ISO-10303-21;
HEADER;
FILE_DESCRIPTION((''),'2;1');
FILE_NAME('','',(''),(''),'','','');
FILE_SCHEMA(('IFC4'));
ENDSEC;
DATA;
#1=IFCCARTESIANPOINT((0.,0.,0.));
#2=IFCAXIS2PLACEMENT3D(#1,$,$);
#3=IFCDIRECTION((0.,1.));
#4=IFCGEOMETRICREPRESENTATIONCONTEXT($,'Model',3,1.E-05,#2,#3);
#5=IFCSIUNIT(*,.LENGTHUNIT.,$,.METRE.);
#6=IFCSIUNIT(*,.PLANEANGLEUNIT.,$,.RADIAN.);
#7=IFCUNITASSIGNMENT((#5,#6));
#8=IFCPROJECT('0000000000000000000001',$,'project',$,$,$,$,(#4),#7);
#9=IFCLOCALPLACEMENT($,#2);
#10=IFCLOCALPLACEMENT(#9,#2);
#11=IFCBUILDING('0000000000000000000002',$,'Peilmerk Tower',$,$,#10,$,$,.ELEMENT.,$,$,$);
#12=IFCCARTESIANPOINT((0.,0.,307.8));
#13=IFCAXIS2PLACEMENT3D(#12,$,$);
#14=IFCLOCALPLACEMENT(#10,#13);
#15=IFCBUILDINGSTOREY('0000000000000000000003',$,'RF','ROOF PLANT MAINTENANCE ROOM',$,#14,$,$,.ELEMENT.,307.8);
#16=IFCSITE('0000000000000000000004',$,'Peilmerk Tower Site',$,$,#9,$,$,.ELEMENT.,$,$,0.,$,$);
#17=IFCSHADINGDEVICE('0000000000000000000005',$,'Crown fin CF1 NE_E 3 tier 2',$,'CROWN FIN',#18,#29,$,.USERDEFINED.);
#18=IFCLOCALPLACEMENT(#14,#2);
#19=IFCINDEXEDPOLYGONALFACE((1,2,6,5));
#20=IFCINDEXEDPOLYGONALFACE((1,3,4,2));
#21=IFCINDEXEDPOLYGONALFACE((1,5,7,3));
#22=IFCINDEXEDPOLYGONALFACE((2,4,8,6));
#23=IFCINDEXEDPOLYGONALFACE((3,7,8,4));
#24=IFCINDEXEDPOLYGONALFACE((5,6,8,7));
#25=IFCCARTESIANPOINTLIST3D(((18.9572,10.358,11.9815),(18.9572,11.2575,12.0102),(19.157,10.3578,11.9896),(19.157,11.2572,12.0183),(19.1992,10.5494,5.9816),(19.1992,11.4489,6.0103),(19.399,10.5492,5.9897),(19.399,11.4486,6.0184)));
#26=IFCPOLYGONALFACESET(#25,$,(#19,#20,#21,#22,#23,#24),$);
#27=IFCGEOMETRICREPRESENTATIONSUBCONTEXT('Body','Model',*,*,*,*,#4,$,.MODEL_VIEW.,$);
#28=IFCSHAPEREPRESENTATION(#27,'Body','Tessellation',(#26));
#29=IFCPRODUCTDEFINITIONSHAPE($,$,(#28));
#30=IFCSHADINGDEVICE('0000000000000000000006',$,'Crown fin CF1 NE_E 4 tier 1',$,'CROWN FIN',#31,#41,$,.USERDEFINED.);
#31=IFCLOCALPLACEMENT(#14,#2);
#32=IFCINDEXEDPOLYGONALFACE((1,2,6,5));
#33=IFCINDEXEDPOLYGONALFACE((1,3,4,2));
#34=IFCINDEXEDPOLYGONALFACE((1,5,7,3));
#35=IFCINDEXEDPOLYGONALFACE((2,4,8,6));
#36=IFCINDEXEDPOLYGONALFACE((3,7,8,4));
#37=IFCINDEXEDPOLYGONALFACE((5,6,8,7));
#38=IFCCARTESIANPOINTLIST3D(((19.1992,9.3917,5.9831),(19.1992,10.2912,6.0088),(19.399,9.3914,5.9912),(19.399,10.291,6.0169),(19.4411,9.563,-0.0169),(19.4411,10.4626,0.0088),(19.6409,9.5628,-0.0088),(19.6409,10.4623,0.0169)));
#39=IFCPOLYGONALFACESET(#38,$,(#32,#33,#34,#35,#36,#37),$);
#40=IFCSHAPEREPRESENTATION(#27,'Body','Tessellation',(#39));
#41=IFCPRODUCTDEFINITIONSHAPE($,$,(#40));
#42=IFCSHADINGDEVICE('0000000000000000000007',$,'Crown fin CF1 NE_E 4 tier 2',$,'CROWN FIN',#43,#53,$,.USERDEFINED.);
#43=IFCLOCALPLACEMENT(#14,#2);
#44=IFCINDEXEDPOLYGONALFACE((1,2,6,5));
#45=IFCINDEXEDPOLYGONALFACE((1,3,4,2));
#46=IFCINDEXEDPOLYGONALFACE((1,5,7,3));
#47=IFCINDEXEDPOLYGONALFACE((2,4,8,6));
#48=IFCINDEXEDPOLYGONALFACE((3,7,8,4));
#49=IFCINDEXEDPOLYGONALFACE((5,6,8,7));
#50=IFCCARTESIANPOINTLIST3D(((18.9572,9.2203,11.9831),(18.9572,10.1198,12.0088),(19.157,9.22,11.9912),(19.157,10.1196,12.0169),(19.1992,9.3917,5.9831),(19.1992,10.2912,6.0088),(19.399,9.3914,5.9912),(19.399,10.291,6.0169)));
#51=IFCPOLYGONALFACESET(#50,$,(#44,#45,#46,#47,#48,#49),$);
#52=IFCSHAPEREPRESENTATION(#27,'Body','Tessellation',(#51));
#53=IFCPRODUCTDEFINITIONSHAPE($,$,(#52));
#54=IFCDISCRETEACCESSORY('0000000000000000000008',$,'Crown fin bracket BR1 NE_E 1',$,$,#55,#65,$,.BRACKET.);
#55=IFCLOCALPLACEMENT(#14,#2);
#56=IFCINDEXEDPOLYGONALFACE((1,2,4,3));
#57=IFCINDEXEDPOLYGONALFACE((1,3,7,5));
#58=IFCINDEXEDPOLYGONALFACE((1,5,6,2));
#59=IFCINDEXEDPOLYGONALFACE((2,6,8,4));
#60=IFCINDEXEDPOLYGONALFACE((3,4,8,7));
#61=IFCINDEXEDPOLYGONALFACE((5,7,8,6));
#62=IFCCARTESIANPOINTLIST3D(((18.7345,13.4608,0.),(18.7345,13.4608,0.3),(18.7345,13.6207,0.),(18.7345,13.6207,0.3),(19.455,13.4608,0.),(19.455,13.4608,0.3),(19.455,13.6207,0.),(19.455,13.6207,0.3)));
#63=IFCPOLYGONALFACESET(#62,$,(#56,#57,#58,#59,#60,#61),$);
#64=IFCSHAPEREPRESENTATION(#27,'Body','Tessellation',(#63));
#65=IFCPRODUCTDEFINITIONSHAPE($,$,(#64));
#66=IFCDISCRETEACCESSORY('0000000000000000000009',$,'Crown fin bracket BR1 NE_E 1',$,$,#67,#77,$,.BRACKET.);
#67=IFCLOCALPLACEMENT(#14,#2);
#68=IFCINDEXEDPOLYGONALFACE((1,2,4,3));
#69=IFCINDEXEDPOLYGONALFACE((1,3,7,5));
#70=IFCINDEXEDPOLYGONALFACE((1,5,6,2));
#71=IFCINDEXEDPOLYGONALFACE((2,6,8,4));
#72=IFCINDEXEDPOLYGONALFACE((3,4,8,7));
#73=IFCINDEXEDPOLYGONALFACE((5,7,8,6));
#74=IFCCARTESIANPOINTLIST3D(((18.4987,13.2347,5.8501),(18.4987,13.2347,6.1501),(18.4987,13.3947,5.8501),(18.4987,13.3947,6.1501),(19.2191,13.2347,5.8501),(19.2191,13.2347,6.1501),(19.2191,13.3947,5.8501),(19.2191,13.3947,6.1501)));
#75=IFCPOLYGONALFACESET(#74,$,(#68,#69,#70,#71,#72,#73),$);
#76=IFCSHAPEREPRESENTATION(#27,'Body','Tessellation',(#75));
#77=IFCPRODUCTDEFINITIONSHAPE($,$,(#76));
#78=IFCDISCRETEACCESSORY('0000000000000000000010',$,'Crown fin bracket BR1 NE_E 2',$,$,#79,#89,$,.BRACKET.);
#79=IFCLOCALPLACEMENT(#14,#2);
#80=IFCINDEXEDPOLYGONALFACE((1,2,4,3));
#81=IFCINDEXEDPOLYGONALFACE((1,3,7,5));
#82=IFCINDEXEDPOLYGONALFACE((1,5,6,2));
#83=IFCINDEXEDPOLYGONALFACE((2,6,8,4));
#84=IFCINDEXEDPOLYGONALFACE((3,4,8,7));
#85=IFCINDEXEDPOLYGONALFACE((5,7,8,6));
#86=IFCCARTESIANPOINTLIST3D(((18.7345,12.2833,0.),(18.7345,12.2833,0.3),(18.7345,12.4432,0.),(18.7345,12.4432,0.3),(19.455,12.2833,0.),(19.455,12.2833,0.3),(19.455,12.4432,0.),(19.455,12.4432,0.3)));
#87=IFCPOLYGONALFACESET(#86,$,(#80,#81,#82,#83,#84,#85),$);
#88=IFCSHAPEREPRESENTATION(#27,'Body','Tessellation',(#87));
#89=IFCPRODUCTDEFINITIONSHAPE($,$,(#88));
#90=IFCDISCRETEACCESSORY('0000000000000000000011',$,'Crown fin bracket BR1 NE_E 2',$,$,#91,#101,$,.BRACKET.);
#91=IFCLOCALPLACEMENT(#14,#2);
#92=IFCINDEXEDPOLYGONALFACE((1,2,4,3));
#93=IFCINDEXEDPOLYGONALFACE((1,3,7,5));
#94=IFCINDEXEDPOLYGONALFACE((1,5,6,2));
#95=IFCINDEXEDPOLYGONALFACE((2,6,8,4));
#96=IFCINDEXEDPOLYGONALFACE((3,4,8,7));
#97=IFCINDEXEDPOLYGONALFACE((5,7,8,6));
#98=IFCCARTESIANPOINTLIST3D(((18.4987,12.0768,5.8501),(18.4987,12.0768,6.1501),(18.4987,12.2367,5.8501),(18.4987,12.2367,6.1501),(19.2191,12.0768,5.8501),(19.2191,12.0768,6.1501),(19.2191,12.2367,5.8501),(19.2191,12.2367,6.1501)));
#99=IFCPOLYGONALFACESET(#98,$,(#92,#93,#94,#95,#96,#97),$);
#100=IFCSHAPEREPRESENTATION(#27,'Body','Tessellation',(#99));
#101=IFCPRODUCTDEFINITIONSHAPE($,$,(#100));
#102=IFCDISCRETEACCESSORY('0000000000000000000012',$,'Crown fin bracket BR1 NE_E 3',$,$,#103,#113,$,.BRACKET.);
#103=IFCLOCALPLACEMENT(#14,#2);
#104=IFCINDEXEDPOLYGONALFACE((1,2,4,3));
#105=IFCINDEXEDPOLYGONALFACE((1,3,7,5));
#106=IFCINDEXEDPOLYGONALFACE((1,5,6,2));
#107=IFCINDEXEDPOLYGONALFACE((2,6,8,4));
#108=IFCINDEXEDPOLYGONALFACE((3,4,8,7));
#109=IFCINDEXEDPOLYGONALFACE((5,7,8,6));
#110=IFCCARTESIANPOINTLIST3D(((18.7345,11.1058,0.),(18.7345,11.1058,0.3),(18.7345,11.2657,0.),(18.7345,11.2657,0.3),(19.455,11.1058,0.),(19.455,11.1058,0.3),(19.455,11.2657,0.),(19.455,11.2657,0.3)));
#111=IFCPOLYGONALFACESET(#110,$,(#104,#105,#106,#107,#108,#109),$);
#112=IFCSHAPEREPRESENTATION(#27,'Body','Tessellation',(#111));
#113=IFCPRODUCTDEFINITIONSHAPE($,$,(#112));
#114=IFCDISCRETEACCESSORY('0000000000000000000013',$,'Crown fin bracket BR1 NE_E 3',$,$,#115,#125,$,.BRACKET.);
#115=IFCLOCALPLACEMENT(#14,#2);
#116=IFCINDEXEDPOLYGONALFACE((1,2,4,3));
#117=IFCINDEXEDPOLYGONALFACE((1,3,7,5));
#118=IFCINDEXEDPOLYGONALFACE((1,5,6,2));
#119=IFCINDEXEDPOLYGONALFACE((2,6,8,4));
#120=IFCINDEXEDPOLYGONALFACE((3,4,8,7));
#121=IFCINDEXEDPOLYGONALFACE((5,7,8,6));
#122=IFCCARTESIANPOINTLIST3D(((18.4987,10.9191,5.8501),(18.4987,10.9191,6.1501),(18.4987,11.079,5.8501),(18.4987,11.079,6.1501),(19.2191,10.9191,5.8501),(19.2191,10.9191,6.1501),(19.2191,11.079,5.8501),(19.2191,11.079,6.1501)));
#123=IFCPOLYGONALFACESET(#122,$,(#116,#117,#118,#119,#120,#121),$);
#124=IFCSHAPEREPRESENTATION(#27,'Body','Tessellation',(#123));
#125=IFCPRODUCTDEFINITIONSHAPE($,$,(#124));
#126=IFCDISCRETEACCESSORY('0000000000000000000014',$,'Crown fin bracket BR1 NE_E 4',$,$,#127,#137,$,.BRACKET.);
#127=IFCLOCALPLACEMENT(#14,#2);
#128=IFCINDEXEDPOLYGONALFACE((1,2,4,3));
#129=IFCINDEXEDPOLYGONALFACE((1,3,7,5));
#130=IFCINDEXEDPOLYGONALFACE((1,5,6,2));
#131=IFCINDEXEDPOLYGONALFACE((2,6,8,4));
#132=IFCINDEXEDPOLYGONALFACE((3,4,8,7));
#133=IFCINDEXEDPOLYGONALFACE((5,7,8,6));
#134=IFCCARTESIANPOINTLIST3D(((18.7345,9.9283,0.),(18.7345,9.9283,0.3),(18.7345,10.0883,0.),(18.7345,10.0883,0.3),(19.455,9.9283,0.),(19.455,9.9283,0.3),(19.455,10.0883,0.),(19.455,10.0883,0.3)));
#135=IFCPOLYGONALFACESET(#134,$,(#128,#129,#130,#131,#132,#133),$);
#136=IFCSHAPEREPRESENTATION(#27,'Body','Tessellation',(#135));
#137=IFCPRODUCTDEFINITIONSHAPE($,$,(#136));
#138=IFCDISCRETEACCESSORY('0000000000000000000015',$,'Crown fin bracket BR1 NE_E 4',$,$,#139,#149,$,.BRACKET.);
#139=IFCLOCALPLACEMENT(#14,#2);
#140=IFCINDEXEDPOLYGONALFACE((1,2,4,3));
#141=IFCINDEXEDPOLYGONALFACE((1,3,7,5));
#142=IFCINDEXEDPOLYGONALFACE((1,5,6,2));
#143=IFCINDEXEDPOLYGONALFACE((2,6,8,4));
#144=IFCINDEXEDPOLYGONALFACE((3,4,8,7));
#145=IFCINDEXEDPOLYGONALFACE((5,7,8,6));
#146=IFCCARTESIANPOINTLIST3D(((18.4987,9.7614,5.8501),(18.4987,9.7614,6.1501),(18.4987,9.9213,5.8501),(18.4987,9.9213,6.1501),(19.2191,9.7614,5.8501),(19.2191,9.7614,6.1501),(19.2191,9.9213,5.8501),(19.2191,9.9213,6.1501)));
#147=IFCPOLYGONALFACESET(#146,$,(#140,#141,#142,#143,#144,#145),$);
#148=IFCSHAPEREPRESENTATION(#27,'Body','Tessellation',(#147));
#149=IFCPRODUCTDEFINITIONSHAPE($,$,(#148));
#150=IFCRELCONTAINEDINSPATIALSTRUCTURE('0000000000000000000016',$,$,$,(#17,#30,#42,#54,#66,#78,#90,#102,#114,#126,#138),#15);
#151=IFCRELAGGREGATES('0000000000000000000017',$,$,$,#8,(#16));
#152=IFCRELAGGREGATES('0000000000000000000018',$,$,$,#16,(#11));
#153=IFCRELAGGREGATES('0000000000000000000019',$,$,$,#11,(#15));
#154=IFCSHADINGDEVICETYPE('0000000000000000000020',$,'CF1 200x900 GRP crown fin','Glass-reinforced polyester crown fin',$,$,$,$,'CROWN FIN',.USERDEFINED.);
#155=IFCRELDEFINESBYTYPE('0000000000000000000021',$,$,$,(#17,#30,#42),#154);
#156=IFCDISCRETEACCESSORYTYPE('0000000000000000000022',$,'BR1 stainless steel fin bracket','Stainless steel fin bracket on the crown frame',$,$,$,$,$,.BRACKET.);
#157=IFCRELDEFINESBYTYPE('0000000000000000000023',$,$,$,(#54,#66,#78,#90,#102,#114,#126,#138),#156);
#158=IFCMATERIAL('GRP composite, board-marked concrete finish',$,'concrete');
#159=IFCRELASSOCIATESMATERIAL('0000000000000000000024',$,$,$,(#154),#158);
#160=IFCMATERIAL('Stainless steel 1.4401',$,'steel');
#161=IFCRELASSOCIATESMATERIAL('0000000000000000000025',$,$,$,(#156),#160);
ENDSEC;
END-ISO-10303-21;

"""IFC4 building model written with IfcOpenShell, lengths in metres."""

from ifc_helpers import new_model, si_unit, direction, frame, origin, origin_2d, place, context, subcontext, project, spatial, rectangle, extrude, source, transform, mapped, material, material_profile, profile_set, type_object, element, save


model = new_model("IFC4")

# Units and contexts
model_context = context("Model", 3, precision=1e-05, world=origin(), true_north=direction((0.0, 1.0)))
body_context = subcontext(model_context, "Body", "Model", "MODEL_VIEW")
ifc_project = project(units=[si_unit("LENGTHUNIT", "METRE"), si_unit("PLANEANGLEUNIT", "RADIAN")], contexts=[model_context])

# Site, building, storey
site_placement = place(None, origin())
site = spatial("IfcSite", under=ifc_project, at=site_placement, Name="Peilmerk Tower Site", CompositionType="ELEMENT", RefElevation=0.0)
building_placement = place(site_placement, origin())
building = spatial("IfcBuilding", under=site, at=building_placement, Name="Peilmerk Tower", CompositionType="ELEMENT")
storey_placement = place(building_placement, frame((0.0, 0.0, 307.8)))
storey = spatial("IfcBuildingStorey", under=building, at=storey_placement, Name="RF", Description="ROOF PLANT MAINTENANCE ROOM", CompositionType="ELEMENT", Elevation=307.8)

# Shading devices
ifc_material_1 = material(Name="GRP composite, board-marked concrete finish", Category="concrete")
ifc_material_profile_1 = material_profile(ifc_material_1, rectangle(XDim=0.2, YDim=0.8999, at=origin_2d()), Name="CF1 200x900")
ifc_profile_set_1 = profile_set([ifc_material_profile_1], Name="GRP composite, board-marked concrete finish")
shading_device_type = type_object("IfcShadingDeviceType", Name="CF1 200x900 GRP crown fin", Description="Glass-reinforced polyester crown fin", ElementType="CROWN FIN", PredefinedType="USERDEFINED", material=ifc_profile_set_1)
shared_shape_1 = source(origin(), body_context, "Body", "SweptSolid", [
    extrude(rectangle(XDim=0.2, YDim=0.8999, at=origin_2d()), origin(), (0.0, 0.0, 1.0), 6.0078),
])
for number, where, z_axis, x_axis, name in (
    (1, (19.2991, 10.999, 6.0), (-0.040271, -0.031859, 0.998681), (0.999189, -0.001284, 0.04025), "Crown fin CF1 NE_E 3 tier 2"),
):
    element("IfcShadingDevice", number, at=place(storey_placement, frame(where, z_axis=z_axis, x_axis=x_axis)), inside=storey, type_object=shading_device_type, Name=name, ObjectType="CROWN FIN", PredefinedType="USERDEFINED", context=body_context, shape_type="MappedRepresentation", body=[
        mapped(shared_shape_1, transform((0.0, 0.0, 0.0), scale=1.0)),
    ])
shared_shape_2 = source(origin(), body_context, "Body", "SweptSolid", [
    extrude(rectangle(XDim=0.2, YDim=0.8999, at=origin_2d()), origin(), (0.0, 0.0, 1.0), 6.0073),
])
for number, where, z_axis, x_axis, name in (
    (2, (19.541, 10.0127, 0.0), (-0.040275, -0.02853, 0.998781), (0.999189, -0.00115, 0.040258), "Crown fin CF1 NE_E 4 tier 1"),
    (3, (19.2991, 9.8413, 6.0), (-0.040275, -0.02853, 0.998781), (0.999189, -0.00115, 0.040258), "Crown fin CF1 NE_E 4 tier 2"),
):
    element("IfcShadingDevice", number, at=place(storey_placement, frame(where, z_axis=z_axis, x_axis=x_axis)), inside=storey, type_object=shading_device_type, Name=name, ObjectType="CROWN FIN", PredefinedType="USERDEFINED", context=body_context, shape_type="MappedRepresentation", body=[
        mapped(shared_shape_2, transform((0.0, 0.0, 0.0), scale=1.0)),
    ])

# Discrete accessories
ifc_material_2 = material(Name="Stainless steel 1.4401", Category="steel")
discrete_accessory_type = type_object("IfcDiscreteAccessoryType", Name="BR1 stainless steel fin bracket", Description="Stainless steel fin bracket on the crown frame", PredefinedType="BRACKET", material=ifc_material_2)
shared_shape_3 = source(origin(), body_context, "Body", "SweptSolid", [
    extrude(rectangle(XDim=0.7205, YDim=0.1599, at=origin_2d()), origin(), (0.0, 0.0, 1.0), 0.3),
])
for number, where, z_axis, x_axis, name in (
    (4, (19.0947, 13.5408, 0.0), (0.0, 0.0, 1.0), (1.0, 0.0, 0.0), "Crown fin bracket BR1 NE_E 1"),
    (5, (18.8589, 13.3147, 5.8501), (0.0, 0.0, 1.0), (1.0, 0.0, 0.0), "Crown fin bracket BR1 NE_E 1"),
    (6, (19.0947, 12.3633, 0.0), (0.0, 0.0, 1.0), (1.0, 0.0, 0.0), "Crown fin bracket BR1 NE_E 2"),
    (7, (18.8589, 12.1567, 5.8501), (0.0, 0.0, 1.0), (1.0, 0.0, 0.0), "Crown fin bracket BR1 NE_E 2"),
    (8, (19.0947, 11.1858, 0.0), (0.0, 0.0, 1.0), (1.0, 0.0, 0.0), "Crown fin bracket BR1 NE_E 3"),
    (9, (18.8589, 10.999, 5.8501), (0.0, 0.0, 1.0), (1.0, 0.0, 0.0), "Crown fin bracket BR1 NE_E 3"),
    (10, (19.0947, 10.0083, 0.0), (0.0, 0.0, 1.0), (1.0, 0.0, 0.0), "Crown fin bracket BR1 NE_E 4"),
    (11, (18.8589, 9.8413, 5.8501), (0.0, 0.0, 1.0), (1.0, 0.0, 0.0), "Crown fin bracket BR1 NE_E 4"),
):
    element("IfcDiscreteAccessory", number, at=place(storey_placement, frame(where, z_axis=z_axis, x_axis=x_axis)), inside=storey, type_object=discrete_accessory_type, Name=name, PredefinedType="BRACKET", context=body_context, shape_type="MappedRepresentation", body=[
        mapped(shared_shape_3, transform((0.0, 0.0, 0.0), scale=1.0)),
    ])

save(model, "model.ifc")
